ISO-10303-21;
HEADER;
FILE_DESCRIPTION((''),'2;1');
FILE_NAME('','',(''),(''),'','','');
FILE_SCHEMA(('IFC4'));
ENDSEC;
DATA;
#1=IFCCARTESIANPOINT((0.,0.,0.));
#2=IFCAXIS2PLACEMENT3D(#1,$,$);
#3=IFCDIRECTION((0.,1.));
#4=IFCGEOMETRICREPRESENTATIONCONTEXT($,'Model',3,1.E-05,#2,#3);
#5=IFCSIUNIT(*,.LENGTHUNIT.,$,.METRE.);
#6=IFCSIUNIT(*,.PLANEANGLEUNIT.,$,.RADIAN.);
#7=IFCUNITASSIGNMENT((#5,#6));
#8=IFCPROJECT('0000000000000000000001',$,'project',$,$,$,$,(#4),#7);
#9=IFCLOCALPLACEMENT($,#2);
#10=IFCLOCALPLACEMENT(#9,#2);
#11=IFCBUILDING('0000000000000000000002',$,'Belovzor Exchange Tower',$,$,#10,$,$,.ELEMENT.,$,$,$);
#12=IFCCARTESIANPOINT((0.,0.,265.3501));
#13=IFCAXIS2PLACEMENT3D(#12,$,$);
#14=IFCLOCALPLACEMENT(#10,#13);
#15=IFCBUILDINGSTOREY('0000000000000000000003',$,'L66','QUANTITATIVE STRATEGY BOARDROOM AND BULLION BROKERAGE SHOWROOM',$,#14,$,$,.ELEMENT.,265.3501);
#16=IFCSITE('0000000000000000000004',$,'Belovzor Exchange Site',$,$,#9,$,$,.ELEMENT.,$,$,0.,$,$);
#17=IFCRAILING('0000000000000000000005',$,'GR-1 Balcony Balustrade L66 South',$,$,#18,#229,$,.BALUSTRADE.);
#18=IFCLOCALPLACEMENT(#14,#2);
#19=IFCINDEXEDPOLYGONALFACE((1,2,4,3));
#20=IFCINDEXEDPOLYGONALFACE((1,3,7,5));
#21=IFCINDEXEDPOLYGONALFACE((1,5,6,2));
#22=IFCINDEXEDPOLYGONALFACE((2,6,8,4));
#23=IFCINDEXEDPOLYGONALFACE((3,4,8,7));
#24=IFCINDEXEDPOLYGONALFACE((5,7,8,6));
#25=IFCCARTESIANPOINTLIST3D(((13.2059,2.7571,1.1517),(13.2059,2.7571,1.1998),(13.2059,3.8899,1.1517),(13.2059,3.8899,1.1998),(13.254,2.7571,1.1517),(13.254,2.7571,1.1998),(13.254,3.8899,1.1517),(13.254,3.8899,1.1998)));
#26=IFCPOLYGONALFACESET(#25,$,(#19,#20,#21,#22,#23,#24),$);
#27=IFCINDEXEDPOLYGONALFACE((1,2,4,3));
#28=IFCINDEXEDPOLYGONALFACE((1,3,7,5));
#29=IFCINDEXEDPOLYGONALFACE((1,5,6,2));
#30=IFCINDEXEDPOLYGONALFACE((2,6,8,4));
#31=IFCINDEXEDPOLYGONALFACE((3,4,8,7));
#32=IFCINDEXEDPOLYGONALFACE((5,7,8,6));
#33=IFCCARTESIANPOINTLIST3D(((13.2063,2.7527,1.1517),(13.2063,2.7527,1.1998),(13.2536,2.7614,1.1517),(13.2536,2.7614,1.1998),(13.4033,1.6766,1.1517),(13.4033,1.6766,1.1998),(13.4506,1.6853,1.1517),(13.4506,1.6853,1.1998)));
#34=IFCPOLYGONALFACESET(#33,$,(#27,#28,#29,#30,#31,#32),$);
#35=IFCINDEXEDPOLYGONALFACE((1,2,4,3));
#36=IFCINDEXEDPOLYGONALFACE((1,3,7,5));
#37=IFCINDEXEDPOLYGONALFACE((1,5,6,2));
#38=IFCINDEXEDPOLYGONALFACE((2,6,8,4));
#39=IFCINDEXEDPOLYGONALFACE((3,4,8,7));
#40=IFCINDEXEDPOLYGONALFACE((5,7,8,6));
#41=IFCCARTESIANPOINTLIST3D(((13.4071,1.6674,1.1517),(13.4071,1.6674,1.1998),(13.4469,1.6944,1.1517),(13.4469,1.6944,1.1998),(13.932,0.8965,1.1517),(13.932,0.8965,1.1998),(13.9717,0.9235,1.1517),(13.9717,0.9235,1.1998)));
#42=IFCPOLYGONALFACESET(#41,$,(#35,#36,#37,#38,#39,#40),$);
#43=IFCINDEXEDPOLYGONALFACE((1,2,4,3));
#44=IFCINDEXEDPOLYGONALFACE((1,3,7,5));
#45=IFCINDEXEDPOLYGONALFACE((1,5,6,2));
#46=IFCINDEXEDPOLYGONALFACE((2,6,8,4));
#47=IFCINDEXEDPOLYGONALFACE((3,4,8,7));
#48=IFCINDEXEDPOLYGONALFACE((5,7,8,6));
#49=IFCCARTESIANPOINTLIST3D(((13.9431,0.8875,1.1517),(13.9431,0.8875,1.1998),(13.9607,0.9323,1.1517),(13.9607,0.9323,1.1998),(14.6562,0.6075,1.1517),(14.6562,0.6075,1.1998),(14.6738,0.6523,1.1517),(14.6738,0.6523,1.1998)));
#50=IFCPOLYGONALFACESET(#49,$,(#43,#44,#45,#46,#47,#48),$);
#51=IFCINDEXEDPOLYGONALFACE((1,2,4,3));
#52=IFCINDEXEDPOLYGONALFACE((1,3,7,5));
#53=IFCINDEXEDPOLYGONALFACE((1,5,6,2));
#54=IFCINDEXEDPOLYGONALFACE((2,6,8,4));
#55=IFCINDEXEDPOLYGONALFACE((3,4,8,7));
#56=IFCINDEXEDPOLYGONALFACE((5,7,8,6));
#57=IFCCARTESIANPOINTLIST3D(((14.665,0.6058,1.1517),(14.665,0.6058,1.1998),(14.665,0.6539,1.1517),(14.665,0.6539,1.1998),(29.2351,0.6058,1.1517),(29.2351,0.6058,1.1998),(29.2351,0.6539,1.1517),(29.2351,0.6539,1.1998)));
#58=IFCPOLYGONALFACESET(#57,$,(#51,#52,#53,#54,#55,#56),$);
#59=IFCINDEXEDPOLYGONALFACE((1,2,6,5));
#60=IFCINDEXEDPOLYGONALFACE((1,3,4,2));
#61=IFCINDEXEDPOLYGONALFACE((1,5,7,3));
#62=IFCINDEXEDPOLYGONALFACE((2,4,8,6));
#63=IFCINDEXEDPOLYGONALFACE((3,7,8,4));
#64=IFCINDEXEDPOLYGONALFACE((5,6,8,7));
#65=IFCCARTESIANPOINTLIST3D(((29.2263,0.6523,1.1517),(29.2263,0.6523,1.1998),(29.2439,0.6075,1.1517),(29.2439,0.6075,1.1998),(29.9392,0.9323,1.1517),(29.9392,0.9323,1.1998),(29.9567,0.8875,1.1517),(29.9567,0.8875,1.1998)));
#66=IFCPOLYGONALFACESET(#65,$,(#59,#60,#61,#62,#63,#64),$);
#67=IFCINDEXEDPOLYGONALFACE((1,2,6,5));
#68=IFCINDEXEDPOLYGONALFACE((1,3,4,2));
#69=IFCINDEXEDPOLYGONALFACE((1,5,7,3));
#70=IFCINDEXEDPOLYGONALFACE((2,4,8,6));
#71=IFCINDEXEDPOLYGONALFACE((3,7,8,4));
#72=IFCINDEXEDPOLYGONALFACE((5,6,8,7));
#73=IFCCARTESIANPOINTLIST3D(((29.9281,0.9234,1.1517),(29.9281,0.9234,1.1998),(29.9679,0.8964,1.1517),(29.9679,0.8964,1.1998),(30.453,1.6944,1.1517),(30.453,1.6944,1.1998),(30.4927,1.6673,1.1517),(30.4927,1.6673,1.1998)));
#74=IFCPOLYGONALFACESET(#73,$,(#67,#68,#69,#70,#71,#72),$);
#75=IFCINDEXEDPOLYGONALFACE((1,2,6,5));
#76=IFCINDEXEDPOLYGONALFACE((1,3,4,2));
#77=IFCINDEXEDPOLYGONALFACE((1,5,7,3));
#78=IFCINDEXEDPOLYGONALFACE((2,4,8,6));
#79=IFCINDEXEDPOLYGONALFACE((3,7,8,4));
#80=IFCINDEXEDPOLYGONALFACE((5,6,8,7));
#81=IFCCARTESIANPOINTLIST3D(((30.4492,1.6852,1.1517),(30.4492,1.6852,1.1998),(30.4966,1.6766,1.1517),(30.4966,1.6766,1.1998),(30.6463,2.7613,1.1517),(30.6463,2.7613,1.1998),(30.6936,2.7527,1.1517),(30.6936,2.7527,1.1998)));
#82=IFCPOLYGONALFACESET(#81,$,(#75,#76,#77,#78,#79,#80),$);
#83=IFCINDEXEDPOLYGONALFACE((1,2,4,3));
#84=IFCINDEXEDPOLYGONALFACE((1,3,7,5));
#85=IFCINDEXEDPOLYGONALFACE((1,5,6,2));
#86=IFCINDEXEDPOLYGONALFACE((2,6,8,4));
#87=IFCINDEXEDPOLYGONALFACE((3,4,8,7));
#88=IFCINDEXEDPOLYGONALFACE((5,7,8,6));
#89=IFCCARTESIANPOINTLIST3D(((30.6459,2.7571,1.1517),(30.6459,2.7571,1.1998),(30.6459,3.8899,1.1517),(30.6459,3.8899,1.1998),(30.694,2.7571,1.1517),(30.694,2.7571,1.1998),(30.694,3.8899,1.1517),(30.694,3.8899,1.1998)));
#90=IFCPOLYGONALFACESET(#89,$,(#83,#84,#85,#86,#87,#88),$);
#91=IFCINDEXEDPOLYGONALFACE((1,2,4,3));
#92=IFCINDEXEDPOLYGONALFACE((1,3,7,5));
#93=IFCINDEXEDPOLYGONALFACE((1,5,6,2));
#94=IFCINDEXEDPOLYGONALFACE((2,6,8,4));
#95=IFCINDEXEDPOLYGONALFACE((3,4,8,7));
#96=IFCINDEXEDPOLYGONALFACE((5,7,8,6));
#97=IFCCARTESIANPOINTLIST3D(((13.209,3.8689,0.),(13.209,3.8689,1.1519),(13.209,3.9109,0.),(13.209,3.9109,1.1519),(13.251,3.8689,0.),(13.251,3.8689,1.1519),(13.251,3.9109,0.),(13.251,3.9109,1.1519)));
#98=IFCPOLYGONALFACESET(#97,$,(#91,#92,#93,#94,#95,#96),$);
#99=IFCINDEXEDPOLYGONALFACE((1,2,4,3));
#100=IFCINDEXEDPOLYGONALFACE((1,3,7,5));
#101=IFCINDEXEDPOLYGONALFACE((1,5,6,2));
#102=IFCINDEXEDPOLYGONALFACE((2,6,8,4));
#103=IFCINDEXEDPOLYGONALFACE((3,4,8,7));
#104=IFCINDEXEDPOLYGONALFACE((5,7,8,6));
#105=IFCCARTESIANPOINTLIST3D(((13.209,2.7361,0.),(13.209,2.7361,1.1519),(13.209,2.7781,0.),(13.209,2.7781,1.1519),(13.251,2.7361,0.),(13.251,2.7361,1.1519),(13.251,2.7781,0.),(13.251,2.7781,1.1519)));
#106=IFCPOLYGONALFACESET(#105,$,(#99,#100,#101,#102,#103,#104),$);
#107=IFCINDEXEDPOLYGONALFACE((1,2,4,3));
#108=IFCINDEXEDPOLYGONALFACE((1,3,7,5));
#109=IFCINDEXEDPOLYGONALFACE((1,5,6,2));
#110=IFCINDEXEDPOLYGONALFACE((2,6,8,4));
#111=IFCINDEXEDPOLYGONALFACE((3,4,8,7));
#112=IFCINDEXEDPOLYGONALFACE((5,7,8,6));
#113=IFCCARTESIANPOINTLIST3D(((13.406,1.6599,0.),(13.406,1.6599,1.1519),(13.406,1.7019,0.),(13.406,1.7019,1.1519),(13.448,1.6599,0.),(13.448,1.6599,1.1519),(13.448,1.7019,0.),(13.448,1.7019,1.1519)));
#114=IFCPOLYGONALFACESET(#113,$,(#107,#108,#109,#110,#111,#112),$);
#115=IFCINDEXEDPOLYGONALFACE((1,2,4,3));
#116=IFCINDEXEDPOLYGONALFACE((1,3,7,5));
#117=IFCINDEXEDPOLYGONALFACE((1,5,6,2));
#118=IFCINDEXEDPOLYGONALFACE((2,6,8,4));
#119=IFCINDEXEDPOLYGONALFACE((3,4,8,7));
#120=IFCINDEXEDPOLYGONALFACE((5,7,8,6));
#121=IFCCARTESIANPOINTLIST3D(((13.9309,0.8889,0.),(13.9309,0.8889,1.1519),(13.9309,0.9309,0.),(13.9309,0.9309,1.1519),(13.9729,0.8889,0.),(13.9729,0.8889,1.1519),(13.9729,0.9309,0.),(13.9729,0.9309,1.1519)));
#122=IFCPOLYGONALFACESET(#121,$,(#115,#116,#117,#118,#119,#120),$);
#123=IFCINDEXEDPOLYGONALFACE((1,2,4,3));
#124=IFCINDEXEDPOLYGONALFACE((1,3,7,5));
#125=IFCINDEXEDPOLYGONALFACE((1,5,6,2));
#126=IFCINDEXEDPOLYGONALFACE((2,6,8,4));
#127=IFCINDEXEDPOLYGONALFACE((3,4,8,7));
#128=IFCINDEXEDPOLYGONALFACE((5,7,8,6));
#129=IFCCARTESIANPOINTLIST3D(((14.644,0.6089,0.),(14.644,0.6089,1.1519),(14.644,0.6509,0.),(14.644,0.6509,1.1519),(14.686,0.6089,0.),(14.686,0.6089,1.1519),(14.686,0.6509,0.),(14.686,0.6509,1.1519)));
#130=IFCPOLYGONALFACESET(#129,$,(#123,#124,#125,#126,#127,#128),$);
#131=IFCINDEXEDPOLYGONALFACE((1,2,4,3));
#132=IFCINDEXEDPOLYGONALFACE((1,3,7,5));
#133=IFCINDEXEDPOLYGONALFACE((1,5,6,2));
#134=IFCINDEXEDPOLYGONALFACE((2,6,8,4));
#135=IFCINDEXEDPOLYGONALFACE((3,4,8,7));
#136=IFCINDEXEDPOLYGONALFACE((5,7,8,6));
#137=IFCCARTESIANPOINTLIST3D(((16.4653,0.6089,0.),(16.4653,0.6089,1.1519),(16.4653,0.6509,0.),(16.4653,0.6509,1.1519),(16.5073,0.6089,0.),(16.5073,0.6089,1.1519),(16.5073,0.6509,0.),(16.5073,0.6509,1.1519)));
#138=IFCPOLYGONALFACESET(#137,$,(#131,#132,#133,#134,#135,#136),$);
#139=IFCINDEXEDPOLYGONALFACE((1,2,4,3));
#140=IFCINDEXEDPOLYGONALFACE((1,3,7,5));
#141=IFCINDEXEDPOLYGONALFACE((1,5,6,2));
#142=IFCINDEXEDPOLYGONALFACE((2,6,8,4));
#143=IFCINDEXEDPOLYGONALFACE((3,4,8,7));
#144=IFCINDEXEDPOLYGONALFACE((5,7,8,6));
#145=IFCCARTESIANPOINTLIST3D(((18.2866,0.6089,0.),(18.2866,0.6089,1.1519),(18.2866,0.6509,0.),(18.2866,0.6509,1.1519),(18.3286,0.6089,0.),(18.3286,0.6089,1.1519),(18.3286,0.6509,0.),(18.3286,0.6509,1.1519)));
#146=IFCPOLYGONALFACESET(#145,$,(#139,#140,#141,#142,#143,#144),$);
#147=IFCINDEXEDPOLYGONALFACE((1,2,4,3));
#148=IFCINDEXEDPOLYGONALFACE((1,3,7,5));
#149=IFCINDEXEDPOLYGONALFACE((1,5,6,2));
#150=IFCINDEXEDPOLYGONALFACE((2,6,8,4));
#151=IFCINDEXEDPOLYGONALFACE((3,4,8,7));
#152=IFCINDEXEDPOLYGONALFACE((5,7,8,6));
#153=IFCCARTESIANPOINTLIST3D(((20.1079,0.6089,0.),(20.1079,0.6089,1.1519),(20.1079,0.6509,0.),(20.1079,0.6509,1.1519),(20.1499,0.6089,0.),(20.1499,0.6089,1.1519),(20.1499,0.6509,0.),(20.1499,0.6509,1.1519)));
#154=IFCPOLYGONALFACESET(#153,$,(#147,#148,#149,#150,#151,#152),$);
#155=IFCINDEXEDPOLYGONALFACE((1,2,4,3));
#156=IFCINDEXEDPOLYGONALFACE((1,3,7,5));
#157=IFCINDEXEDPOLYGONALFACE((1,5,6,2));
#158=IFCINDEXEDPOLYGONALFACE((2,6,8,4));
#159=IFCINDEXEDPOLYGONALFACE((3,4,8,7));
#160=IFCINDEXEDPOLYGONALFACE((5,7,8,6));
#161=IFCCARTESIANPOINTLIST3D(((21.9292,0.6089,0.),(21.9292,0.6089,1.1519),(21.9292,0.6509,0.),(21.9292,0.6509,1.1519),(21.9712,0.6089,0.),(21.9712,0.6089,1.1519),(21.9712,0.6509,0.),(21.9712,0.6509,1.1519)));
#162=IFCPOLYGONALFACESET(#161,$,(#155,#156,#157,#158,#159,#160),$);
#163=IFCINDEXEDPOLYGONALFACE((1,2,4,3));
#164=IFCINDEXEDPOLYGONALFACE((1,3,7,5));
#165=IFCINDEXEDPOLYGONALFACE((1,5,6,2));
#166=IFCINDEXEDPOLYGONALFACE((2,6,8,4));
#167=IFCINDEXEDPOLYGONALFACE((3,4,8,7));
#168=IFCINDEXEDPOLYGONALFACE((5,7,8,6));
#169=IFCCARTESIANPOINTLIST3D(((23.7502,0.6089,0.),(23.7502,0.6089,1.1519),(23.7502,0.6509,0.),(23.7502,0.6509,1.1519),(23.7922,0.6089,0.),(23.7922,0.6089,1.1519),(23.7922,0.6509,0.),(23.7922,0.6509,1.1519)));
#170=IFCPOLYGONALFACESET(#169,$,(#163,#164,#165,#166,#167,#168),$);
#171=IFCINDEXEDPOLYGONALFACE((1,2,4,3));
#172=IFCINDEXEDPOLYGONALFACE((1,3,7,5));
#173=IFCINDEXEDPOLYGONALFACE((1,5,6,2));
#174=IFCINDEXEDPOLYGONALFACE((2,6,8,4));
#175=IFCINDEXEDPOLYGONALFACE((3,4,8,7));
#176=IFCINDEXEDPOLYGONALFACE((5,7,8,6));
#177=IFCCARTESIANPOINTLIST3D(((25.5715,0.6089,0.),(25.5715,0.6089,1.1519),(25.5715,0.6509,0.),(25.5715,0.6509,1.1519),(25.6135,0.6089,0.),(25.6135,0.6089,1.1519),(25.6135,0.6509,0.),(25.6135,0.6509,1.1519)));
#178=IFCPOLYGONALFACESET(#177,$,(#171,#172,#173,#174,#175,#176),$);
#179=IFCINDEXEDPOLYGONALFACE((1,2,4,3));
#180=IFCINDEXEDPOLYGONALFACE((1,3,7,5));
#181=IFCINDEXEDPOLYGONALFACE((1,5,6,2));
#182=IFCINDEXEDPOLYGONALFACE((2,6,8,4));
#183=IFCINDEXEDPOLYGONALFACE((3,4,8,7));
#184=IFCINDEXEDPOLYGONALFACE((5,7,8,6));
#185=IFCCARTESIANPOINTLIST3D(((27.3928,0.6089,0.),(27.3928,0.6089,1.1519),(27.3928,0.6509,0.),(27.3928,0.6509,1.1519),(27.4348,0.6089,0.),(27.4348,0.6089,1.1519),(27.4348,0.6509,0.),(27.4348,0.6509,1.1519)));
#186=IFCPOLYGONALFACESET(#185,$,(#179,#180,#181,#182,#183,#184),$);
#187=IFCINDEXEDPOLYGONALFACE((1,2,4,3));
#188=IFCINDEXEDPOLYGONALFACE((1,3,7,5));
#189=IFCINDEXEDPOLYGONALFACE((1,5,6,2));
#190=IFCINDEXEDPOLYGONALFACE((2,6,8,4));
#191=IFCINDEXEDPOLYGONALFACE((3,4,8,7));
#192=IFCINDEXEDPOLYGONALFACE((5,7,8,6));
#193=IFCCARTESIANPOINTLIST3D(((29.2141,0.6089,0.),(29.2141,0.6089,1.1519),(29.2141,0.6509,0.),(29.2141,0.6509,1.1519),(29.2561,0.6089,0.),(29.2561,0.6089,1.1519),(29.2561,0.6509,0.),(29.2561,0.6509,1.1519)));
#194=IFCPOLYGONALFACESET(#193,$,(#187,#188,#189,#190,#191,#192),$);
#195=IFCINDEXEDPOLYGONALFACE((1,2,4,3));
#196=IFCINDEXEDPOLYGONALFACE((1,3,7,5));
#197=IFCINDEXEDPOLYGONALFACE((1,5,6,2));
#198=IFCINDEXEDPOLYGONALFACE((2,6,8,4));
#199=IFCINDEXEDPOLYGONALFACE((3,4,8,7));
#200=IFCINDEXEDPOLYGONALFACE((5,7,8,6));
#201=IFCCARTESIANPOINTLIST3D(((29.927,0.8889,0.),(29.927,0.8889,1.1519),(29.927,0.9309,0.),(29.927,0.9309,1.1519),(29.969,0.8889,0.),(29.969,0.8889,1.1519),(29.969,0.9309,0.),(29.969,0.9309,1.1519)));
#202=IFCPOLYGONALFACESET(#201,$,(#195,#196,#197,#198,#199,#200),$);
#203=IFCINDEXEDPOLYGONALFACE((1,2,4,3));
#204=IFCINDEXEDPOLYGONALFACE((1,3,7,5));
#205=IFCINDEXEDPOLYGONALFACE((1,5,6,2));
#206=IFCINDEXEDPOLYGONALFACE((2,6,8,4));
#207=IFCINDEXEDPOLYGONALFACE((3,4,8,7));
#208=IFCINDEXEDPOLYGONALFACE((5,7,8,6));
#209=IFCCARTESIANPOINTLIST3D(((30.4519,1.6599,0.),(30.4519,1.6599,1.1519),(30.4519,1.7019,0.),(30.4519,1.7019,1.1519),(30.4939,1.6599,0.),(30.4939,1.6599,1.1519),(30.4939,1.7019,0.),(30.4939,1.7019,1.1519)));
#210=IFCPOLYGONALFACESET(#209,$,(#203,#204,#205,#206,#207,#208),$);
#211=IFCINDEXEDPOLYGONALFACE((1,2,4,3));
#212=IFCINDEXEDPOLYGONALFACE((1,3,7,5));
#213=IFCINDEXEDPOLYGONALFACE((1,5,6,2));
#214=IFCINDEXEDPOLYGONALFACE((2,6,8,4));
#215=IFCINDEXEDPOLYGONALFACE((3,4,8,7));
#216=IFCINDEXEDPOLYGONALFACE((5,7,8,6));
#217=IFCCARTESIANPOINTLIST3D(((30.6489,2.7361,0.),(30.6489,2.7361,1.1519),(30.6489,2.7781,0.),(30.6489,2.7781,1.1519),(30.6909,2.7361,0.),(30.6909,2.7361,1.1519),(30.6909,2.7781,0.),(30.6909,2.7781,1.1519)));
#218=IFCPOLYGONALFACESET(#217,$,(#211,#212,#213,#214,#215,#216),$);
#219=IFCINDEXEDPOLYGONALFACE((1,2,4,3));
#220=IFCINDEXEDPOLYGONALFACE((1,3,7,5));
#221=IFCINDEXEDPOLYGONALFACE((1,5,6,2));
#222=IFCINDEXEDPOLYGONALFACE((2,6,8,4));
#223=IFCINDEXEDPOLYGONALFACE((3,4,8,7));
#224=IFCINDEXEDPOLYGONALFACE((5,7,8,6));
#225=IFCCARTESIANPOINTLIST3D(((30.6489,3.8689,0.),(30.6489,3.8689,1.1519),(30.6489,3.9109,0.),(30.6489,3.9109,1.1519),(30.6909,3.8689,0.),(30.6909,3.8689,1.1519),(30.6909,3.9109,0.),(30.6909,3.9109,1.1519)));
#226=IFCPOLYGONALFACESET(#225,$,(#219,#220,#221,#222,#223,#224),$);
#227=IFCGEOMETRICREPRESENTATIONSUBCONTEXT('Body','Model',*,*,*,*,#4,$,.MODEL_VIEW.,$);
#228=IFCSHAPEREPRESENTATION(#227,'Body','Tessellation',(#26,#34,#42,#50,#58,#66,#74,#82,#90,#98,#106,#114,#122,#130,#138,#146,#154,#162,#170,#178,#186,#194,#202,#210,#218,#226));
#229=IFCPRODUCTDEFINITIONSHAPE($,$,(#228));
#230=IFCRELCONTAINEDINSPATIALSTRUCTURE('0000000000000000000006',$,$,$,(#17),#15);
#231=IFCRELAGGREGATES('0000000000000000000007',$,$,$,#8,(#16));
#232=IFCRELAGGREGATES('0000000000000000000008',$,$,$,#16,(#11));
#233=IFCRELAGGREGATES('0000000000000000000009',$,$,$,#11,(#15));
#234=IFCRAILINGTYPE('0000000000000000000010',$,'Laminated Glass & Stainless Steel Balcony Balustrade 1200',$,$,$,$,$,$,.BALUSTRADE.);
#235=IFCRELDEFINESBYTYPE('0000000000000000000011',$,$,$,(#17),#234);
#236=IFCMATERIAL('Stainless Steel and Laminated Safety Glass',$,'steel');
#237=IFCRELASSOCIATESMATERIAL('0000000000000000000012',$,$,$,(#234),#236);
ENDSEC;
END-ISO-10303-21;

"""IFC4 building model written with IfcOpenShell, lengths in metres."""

from ifc_helpers import new_model, si_unit, direction, frame, origin, origin_2d, place, context, subcontext, project, spatial, rectangle, extrude, material, type_object, element, save


model = new_model("IFC4")

# Units and contexts
model_context = context("Model", 3, precision=1e-05, world=origin(), true_north=direction((0.0, 1.0)))
body_context = subcontext(model_context, "Body", "Model", "MODEL_VIEW")
ifc_project = project(units=[si_unit("LENGTHUNIT", "METRE"), si_unit("PLANEANGLEUNIT", "RADIAN")], contexts=[model_context])

# Site, building, storey
site_placement = place(None, origin())
site = spatial("IfcSite", under=ifc_project, at=site_placement, Name="Belovzor Exchange Site", CompositionType="ELEMENT", RefElevation=0.0)
building_placement = place(site_placement, origin())
building = spatial("IfcBuilding", under=site, at=building_placement, Name="Belovzor Exchange Tower", CompositionType="ELEMENT")
storey_placement = place(building_placement, frame((0.0, 0.0, 265.3501)))
storey = spatial("IfcBuildingStorey", under=building, at=storey_placement, Name="L66", Description="QUANTITATIVE STRATEGY BOARDROOM AND BULLION BROKERAGE SHOWROOM", CompositionType="ELEMENT", Elevation=265.3501)

# Railing
ifc_material_1 = material(Name="Stainless Steel and Laminated Safety Glass", Category="steel")
railing_type = type_object("IfcRailingType", Name="Laminated Glass & Stainless Steel Balcony Balustrade 1200", PredefinedType="BALUSTRADE", material=ifc_material_1)
railing_placement = place(storey_placement, frame((13.23, 3.8899, 0.0)))
element("IfcRailing", 1, at=railing_placement, inside=storey, type_object=railing_type, Name="GR-1 Balcony Balustrade L66 South", PredefinedType="BALUSTRADE", context=body_context, shape_type="SweptSolid", body=[
    extrude(rectangle(XDim=0.0481, YDim=0.0481, at=origin_2d()), frame((0.0, 0.0, 1.1758), z_axis=(0.0, -1.0, 0.0), x_axis=(1.0, 0.0, 0.0)), (0.0, 0.0, 1.0), 1.1328),
    extrude(rectangle(XDim=0.0481, YDim=0.0481, at=origin_2d()), frame((0.0, -1.1328, 1.1758), z_axis=(0.180083, -0.983651, 0.0), x_axis=(0.983651, 0.180083, 0.0)), (0.0, 0.0, 1.0), 1.094),
    extrude(rectangle(XDim=0.0481, YDim=0.0481, at=origin_2d()), frame((0.197, -2.209, 1.1758), z_axis=(0.562768, -0.826615, 0.0), x_axis=(0.826615, 0.562768, 0.0)), (0.0, 0.0, 1.0), 0.9326),
    extrude(rectangle(XDim=0.0481, YDim=0.0481, at=origin_2d()), frame((0.7219, -2.98, 1.1758), z_axis=(0.93081, -0.365504, 0.0), x_axis=(0.365504, 0.93081, 0.0)), (0.0, 0.0, 1.0), 0.7661),
    extrude(rectangle(XDim=0.0481, YDim=0.0481, at=origin_2d()), frame((1.4351, -3.26, 1.1758), z_axis=(1.0, 0.0, 0.0), x_axis=(0.0, 1.0, 0.0)), (0.0, 0.0, 1.0), 14.5701),
    extrude(rectangle(XDim=0.0481, YDim=0.0481, at=origin_2d()), frame((16.0051, -3.26, 1.1758), z_axis=(0.930767, 0.365613, 0.0), x_axis=(-0.365613, 0.930767, 0.0)), (0.0, 0.0, 1.0), 0.7659),
    extrude(rectangle(XDim=0.0481, YDim=0.0481, at=origin_2d()), frame((16.718, -2.98, 1.1758), z_axis=(0.562768, 0.826615, 0.0), x_axis=(-0.826615, 0.562768, 0.0)), (0.0, 0.0, 1.0), 0.9326),
    extrude(rectangle(XDim=0.0481, YDim=0.0481, at=origin_2d()), frame((17.2429, -2.209, 1.1758), z_axis=(0.180083, 0.983651, 0.0), x_axis=(-0.983651, 0.180083, 0.0)), (0.0, 0.0, 1.0), 1.094),
    extrude(rectangle(XDim=0.0481, YDim=0.0481, at=origin_2d()), frame((17.4399, -1.1328, 1.1758), z_axis=(0.0, 1.0, 0.0), x_axis=(-1.0, 0.0, 0.0)), (0.0, 0.0, 1.0), 1.1328),
    extrude(rectangle(XDim=0.042, YDim=0.042, at=origin_2d()), origin(), (0.0, 0.0, 1.0), 1.1519),
    extrude(rectangle(XDim=0.042, YDim=0.042, at=origin_2d()), frame((0.0, -1.1328, 0.0)), (0.0, 0.0, 1.0), 1.1519),
    extrude(rectangle(XDim=0.042, YDim=0.042, at=origin_2d()), frame((0.197, -2.209, 0.0)), (0.0, 0.0, 1.0), 1.1519),
    extrude(rectangle(XDim=0.042, YDim=0.042, at=origin_2d()), frame((0.7219, -2.98, 0.0)), (0.0, 0.0, 1.0), 1.1519),
    extrude(rectangle(XDim=0.042, YDim=0.042, at=origin_2d()), frame((1.4351, -3.26, 0.0)), (0.0, 0.0, 1.0), 1.1519),
    extrude(rectangle(XDim=0.042, YDim=0.042, at=origin_2d()), frame((3.2563, -3.26, 0.0)), (0.0, 0.0, 1.0), 1.1519),
    extrude(rectangle(XDim=0.042, YDim=0.042, at=origin_2d()), frame((5.0776, -3.26, 0.0)), (0.0, 0.0, 1.0), 1.1519),
    extrude(rectangle(XDim=0.042, YDim=0.042, at=origin_2d()), frame((6.8989, -3.26, 0.0)), (0.0, 0.0, 1.0), 1.1519),
    extrude(rectangle(XDim=0.042, YDim=0.042, at=origin_2d()), frame((8.7202, -3.26, 0.0)), (0.0, 0.0, 1.0), 1.1519),
    extrude(rectangle(XDim=0.042, YDim=0.042, at=origin_2d()), frame((10.5413, -3.26, 0.0)), (0.0, 0.0, 1.0), 1.1519),
    extrude(rectangle(XDim=0.042, YDim=0.042, at=origin_2d()), frame((12.3625, -3.26, 0.0)), (0.0, 0.0, 1.0), 1.1519),
    extrude(rectangle(XDim=0.042, YDim=0.042, at=origin_2d()), frame((14.1838, -3.26, 0.0)), (0.0, 0.0, 1.0), 1.1519),
    extrude(rectangle(XDim=0.042, YDim=0.042, at=origin_2d()), frame((16.0051, -3.26, 0.0)), (0.0, 0.0, 1.0), 1.1519),
    extrude(rectangle(XDim=0.042, YDim=0.042, at=origin_2d()), frame((16.718, -2.98, 0.0)), (0.0, 0.0, 1.0), 1.1519),
    extrude(rectangle(XDim=0.042, YDim=0.042, at=origin_2d()), frame((17.2429, -2.209, 0.0)), (0.0, 0.0, 1.0), 1.1519),
    extrude(rectangle(XDim=0.042, YDim=0.042, at=origin_2d()), frame((17.4399, -1.1328, 0.0)), (0.0, 0.0, 1.0), 1.1519),
    extrude(rectangle(XDim=0.042, YDim=0.042, at=origin_2d()), frame((17.4399, 0.0, 0.0)), (0.0, 0.0, 1.0), 1.1519),
])

save(model, "model.ifc")
